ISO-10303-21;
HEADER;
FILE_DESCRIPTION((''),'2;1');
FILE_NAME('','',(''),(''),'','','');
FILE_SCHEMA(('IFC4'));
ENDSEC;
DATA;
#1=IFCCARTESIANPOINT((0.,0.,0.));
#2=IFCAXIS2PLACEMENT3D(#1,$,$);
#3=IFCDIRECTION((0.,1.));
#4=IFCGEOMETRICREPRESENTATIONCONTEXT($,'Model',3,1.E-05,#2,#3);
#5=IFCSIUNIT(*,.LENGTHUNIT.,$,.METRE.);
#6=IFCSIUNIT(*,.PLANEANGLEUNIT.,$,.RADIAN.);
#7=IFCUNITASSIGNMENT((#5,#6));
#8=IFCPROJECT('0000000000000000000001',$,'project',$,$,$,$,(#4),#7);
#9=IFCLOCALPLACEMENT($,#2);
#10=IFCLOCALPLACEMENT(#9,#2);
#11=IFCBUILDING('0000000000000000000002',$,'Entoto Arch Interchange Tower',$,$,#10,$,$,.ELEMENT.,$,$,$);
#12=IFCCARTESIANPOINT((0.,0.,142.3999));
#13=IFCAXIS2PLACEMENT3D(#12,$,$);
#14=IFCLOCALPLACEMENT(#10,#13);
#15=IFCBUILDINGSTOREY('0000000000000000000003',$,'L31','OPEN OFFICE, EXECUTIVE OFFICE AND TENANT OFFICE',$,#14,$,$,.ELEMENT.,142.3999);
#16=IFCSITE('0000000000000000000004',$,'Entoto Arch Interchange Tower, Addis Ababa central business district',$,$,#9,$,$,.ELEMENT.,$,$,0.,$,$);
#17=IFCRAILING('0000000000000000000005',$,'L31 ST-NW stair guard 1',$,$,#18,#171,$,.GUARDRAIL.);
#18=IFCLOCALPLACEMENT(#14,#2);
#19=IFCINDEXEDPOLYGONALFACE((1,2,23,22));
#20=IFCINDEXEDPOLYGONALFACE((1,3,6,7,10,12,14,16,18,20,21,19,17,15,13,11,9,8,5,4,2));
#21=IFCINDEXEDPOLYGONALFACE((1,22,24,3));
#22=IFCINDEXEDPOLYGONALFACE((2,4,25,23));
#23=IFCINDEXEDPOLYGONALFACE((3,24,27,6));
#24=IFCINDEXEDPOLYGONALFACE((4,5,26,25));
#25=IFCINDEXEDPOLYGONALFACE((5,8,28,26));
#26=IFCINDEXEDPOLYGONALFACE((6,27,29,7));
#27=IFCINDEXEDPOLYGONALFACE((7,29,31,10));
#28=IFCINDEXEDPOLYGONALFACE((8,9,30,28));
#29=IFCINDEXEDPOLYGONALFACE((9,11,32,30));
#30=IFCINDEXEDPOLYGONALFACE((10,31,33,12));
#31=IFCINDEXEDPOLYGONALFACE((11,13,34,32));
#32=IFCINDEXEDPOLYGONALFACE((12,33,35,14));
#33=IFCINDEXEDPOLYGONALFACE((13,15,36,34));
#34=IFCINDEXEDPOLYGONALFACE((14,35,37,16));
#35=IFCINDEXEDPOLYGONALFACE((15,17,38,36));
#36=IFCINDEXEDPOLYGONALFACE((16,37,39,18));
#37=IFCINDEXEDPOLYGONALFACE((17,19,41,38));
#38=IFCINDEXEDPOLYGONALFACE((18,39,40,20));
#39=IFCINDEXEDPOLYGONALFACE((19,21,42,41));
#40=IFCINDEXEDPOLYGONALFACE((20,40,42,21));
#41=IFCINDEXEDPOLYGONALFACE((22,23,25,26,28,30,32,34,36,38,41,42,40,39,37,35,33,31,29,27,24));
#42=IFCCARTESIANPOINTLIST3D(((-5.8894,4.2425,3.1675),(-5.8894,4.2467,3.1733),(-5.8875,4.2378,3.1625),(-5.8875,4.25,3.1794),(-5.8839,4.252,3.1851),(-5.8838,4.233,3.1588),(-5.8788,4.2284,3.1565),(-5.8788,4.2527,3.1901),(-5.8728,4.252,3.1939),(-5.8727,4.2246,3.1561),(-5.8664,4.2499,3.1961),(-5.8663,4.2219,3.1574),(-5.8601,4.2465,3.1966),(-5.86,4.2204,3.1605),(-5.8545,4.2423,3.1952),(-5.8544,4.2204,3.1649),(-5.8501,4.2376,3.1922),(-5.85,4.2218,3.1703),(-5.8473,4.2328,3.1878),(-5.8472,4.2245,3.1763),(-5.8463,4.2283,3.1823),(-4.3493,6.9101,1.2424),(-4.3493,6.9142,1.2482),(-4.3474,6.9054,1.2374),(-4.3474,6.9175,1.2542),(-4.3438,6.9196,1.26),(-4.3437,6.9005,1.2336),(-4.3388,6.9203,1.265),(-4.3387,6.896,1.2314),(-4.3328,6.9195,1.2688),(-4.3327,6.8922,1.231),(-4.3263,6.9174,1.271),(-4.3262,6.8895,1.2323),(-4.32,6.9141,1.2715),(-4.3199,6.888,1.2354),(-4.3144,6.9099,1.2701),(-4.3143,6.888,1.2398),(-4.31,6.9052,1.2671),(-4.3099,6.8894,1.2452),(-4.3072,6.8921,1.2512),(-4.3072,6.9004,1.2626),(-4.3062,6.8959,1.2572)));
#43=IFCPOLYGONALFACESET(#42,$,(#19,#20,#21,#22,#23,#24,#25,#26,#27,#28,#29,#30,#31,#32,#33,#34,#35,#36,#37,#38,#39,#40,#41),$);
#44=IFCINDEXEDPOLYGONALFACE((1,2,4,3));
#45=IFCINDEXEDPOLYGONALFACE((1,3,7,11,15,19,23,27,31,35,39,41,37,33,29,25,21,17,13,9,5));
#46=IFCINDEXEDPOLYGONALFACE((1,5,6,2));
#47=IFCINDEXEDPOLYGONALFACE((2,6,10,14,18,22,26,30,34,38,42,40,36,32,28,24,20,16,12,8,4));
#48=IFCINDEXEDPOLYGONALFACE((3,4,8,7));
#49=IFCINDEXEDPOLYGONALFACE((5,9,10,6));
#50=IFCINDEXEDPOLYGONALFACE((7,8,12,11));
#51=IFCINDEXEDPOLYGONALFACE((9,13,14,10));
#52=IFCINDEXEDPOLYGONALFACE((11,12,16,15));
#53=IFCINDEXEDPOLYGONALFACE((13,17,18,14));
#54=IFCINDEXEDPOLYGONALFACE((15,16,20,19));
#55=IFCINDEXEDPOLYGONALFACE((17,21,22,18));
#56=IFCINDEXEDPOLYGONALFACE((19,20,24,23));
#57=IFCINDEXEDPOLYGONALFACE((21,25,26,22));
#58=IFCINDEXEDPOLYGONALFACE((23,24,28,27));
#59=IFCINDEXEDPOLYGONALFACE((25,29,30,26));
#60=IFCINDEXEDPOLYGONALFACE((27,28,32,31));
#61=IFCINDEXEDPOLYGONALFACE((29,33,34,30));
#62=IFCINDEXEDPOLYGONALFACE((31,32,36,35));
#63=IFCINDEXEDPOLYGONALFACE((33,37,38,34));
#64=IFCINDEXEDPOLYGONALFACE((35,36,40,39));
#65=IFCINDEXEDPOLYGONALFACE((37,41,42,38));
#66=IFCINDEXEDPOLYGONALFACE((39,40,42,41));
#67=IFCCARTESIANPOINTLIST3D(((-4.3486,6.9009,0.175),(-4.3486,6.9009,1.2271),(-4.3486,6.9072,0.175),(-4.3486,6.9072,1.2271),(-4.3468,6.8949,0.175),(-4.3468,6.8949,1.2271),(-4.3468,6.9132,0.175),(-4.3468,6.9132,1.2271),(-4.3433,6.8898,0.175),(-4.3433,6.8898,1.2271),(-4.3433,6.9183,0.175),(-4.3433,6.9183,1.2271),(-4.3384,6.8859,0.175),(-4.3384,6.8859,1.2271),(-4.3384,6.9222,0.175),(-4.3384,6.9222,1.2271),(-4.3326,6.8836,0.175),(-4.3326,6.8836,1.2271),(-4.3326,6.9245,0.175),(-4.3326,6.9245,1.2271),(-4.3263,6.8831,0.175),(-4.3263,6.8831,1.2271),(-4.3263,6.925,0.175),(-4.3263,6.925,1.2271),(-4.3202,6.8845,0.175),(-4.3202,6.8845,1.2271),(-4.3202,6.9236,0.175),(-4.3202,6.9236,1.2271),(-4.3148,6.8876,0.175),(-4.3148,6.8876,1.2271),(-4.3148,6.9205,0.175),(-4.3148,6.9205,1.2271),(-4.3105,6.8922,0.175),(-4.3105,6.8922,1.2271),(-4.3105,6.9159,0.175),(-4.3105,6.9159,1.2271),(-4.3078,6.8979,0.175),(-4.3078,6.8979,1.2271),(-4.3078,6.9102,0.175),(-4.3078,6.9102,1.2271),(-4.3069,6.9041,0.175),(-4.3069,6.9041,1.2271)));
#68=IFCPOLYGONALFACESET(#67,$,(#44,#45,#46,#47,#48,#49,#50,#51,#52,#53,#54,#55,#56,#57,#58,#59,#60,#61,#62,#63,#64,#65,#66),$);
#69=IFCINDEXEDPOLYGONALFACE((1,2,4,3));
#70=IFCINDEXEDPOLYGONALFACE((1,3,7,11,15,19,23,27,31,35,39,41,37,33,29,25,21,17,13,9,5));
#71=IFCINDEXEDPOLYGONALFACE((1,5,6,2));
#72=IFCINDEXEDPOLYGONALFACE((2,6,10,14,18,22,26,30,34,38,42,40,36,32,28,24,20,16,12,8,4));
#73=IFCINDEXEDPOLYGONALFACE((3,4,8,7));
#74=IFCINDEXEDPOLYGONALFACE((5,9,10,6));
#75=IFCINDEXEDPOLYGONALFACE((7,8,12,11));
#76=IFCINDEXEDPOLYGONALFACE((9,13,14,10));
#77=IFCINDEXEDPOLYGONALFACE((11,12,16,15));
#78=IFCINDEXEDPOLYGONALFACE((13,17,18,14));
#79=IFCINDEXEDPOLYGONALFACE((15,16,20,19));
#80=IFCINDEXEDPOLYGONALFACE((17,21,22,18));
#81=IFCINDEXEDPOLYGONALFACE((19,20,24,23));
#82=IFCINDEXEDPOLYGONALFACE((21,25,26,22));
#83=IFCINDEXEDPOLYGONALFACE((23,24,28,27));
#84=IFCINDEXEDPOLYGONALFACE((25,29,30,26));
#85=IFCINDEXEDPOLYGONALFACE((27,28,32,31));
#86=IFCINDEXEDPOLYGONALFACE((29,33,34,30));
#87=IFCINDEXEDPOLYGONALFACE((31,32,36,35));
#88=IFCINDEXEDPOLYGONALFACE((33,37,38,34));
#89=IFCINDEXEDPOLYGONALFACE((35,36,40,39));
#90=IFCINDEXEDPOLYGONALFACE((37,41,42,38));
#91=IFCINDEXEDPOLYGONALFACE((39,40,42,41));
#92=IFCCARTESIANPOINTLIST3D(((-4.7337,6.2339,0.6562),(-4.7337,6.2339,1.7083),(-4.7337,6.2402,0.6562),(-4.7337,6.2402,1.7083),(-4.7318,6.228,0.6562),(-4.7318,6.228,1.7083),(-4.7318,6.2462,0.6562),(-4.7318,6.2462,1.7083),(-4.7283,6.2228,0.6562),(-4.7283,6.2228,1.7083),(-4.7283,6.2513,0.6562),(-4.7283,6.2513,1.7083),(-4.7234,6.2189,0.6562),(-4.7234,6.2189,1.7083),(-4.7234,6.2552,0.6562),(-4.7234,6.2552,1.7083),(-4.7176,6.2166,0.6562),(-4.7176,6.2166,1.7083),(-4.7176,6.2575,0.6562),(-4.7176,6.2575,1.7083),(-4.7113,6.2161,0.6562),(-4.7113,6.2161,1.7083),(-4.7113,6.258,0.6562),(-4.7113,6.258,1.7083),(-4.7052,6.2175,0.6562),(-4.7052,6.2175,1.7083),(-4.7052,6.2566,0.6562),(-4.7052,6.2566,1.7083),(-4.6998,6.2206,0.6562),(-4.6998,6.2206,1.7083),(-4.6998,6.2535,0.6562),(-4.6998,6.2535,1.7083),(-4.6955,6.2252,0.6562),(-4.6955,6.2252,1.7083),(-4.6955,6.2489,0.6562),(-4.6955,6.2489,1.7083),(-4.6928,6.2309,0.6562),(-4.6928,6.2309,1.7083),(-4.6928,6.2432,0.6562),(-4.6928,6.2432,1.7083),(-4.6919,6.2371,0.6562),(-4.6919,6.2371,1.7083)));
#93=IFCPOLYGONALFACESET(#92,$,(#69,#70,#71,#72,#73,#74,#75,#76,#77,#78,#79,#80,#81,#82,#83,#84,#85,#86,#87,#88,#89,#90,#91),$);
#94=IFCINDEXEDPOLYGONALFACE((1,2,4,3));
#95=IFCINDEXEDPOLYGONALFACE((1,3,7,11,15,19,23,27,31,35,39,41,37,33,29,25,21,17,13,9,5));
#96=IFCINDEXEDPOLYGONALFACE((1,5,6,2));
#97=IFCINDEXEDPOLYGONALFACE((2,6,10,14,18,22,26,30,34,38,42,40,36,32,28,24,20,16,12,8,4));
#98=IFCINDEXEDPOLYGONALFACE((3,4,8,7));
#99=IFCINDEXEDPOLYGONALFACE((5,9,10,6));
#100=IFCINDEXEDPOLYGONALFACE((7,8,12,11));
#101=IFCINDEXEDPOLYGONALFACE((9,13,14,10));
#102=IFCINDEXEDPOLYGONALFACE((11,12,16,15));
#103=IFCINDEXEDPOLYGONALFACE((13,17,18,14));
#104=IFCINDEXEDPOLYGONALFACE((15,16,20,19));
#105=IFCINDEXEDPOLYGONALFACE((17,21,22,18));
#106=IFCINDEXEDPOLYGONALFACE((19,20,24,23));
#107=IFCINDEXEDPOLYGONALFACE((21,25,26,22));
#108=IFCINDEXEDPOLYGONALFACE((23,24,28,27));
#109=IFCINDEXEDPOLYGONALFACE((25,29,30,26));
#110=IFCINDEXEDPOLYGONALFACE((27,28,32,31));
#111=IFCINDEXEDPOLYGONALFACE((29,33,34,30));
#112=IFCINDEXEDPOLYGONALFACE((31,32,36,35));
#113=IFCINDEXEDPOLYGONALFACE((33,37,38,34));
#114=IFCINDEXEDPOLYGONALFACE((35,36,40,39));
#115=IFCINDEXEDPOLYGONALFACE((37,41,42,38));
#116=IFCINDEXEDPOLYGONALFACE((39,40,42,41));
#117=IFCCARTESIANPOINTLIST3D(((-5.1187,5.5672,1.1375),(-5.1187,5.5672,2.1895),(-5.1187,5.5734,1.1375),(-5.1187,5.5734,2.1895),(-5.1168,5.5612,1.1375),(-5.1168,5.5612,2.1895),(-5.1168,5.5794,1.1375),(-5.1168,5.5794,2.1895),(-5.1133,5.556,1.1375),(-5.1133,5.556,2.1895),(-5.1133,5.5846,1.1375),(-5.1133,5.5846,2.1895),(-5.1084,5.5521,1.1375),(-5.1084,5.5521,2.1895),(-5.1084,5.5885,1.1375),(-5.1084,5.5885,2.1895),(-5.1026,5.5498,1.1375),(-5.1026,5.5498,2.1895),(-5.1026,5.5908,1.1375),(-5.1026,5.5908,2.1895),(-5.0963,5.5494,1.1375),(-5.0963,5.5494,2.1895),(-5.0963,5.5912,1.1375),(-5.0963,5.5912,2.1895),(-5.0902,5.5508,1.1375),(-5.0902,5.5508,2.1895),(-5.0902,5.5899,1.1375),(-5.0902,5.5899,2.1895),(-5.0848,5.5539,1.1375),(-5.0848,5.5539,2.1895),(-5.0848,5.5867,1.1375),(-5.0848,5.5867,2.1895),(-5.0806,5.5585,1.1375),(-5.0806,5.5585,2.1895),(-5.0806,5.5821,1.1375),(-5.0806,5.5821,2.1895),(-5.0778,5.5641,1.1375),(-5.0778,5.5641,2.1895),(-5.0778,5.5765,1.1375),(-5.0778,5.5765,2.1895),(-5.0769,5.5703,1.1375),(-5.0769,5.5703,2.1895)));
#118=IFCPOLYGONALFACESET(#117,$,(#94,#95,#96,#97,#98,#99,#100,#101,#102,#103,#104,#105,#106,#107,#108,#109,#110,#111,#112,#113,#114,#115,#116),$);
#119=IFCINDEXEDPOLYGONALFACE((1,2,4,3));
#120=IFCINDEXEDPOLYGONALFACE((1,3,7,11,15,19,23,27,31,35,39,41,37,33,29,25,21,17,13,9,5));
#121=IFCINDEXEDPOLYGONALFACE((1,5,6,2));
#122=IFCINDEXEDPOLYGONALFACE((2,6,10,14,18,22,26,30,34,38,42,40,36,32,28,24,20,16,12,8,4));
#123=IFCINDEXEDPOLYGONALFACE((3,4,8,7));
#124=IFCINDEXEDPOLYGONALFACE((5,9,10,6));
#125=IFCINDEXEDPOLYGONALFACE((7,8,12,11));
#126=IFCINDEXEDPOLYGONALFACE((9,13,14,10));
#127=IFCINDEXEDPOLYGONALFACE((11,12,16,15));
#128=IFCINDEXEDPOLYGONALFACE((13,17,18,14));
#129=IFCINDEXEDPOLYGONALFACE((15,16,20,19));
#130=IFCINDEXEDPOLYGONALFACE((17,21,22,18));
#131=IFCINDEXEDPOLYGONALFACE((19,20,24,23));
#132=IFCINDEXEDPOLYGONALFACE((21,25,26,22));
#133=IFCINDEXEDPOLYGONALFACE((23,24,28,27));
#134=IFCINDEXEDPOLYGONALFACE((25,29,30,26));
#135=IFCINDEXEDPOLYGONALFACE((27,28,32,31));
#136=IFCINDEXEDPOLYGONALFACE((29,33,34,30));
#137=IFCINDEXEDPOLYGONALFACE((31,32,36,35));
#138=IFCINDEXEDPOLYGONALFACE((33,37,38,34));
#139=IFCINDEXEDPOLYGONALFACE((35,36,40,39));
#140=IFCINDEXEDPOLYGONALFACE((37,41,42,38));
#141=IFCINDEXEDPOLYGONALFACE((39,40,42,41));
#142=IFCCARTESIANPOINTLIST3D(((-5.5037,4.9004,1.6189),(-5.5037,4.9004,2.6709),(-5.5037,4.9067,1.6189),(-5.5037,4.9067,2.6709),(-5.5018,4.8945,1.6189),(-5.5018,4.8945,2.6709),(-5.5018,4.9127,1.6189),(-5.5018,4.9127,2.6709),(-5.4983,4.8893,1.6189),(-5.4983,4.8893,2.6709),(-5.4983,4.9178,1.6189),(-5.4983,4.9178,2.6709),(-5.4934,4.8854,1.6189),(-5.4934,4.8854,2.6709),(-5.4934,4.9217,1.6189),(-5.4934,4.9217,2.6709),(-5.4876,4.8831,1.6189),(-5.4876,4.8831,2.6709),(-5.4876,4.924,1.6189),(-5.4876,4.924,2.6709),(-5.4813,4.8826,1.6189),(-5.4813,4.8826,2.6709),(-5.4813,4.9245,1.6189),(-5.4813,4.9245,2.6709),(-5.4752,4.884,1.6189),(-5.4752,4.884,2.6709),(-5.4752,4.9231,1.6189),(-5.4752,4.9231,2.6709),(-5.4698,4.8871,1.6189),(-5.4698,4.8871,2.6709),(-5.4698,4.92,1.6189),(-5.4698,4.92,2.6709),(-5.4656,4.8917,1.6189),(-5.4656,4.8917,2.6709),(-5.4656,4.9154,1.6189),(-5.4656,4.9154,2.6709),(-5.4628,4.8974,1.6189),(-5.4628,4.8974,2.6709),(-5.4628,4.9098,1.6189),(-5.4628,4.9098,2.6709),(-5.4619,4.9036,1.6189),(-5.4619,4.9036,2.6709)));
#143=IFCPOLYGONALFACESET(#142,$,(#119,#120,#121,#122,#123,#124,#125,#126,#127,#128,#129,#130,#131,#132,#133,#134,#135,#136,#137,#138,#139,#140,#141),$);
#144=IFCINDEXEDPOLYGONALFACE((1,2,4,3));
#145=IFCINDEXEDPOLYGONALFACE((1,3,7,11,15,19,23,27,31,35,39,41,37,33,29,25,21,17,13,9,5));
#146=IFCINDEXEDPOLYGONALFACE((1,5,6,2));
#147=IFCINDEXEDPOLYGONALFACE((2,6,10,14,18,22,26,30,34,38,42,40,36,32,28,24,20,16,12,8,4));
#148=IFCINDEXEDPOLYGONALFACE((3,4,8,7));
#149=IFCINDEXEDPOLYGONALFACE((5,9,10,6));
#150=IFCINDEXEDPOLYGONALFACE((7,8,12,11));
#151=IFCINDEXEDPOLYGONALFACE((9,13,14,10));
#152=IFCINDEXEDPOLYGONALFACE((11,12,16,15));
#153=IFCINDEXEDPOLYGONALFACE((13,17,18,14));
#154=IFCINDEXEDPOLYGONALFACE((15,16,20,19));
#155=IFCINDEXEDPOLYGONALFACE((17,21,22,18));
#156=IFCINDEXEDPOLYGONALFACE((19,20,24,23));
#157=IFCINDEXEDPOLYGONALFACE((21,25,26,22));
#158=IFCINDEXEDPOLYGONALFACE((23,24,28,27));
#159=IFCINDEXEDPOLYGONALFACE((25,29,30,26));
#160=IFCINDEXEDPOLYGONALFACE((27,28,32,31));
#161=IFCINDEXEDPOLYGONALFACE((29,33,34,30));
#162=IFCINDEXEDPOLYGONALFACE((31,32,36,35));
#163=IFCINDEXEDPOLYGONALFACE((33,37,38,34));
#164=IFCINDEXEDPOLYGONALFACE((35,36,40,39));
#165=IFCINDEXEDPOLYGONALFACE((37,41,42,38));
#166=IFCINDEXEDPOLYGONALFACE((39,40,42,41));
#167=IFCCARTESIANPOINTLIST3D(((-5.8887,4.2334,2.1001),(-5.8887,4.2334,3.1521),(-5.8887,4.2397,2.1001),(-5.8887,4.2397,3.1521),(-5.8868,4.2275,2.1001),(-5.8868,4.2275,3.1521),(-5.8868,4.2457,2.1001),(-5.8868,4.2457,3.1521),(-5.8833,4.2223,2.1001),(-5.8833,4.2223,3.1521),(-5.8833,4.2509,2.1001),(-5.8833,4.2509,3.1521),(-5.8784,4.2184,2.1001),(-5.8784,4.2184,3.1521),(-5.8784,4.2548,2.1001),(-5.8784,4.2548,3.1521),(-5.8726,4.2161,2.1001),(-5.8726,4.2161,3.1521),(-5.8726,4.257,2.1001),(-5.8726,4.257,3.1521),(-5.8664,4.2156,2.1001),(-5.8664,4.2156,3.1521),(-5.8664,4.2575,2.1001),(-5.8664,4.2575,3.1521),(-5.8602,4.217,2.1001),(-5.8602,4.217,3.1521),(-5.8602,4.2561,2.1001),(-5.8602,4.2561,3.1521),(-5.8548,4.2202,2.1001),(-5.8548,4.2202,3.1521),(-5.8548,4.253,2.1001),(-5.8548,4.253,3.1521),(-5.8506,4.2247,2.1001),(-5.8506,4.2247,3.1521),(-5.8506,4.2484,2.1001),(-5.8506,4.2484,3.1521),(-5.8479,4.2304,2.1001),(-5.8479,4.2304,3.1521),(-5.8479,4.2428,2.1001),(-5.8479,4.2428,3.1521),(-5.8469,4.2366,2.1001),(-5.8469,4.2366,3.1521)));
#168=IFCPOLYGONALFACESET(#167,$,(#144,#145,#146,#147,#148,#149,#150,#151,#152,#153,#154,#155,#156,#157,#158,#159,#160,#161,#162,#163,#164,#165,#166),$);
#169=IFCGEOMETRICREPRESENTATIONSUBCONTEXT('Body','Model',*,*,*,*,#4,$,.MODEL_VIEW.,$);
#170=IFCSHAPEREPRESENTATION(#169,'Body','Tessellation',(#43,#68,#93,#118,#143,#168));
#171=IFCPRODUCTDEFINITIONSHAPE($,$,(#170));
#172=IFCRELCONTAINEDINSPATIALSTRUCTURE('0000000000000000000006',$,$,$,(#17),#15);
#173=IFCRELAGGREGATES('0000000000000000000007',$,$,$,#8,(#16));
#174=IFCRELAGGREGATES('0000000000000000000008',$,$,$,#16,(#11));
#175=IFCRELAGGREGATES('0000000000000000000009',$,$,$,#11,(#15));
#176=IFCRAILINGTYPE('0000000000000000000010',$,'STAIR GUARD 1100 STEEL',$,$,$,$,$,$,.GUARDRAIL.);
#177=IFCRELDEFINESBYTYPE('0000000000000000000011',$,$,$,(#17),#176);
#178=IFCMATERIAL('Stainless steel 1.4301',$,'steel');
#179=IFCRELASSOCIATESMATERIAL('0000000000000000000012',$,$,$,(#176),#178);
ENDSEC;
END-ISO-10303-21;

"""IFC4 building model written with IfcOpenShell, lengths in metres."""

from ifc_helpers import new_model, si_unit, direction, frame, origin, origin_2d, place, context, subcontext, project, spatial, circle, extrude, material, type_object, element, save


model = new_model("IFC4")

# Units and contexts
model_context = context("Model", 3, precision=1e-05, world=origin(), true_north=direction((0.0, 1.0)))
body_context = subcontext(model_context, "Body", "Model", "MODEL_VIEW")
ifc_project = project(units=[si_unit("LENGTHUNIT", "METRE"), si_unit("PLANEANGLEUNIT", "RADIAN")], contexts=[model_context])

# Site, building, storey
site_placement = place(None, origin())
site = spatial("IfcSite", under=ifc_project, at=site_placement, Name="Entoto Arch Interchange Tower, Addis Ababa central business district", CompositionType="ELEMENT", RefElevation=0.0)
building_placement = place(site_placement, origin())
building = spatial("IfcBuilding", under=site, at=building_placement, Name="Entoto Arch Interchange Tower", CompositionType="ELEMENT")
storey_placement = place(building_placement, frame((0.0, 0.0, 142.3999)))
storey = spatial("IfcBuildingStorey", under=building, at=storey_placement, Name="L31", Description="OPEN OFFICE, EXECUTIVE OFFICE AND TENANT OFFICE", CompositionType="ELEMENT", Elevation=142.3999)

# Railing
ifc_material_1 = material(Name="Stainless steel 1.4301", Category="steel")
railing_type_1 = type_object("IfcRailingType", Name="STAIR GUARD 1100 STEEL", PredefinedType="GUARDRAIL", material=ifc_material_1)
railing_1_placement = place(storey_placement, frame((-4.3279, 6.9041, 0.175)))
element("IfcRailing", 1, at=railing_1_placement, inside=storey, type_object=railing_type_1, Name="L31 ST-NW stair guard 1", PredefinedType="GUARDRAIL", context=body_context, shape_type="SweptSolid", body=[
    extrude(circle(Radius=0.0239, at=origin_2d()), frame((0.0, 0.0, 1.0762), z_axis=(-0.423994, -0.734395, 0.529993), x_axis=(0.86603, -0.499992, 0.0)), (0.0, 0.0, 1.0), 3.6323),
    extrude(circle(Radius=0.021, at=origin_2d()), origin(), (0.0, 0.0, 1.0), 1.052),
    extrude(circle(Radius=0.021, at=origin_2d()), frame((-0.385, -0.667, 0.4812)), (0.0, 0.0, 1.0), 1.052),
    extrude(circle(Radius=0.021, at=origin_2d()), frame((-0.77, -1.3337, 0.9624)), (0.0, 0.0, 1.0), 1.052),
    extrude(circle(Radius=0.021, at=origin_2d()), frame((-1.155, -2.0005, 1.4438)), (0.0, 0.0, 1.0), 1.052),
    extrude(circle(Radius=0.021, at=origin_2d()), frame((-1.54, -2.6675, 1.925)), (0.0, 0.0, 1.0), 1.052),
])

save(model, "model.ifc")
